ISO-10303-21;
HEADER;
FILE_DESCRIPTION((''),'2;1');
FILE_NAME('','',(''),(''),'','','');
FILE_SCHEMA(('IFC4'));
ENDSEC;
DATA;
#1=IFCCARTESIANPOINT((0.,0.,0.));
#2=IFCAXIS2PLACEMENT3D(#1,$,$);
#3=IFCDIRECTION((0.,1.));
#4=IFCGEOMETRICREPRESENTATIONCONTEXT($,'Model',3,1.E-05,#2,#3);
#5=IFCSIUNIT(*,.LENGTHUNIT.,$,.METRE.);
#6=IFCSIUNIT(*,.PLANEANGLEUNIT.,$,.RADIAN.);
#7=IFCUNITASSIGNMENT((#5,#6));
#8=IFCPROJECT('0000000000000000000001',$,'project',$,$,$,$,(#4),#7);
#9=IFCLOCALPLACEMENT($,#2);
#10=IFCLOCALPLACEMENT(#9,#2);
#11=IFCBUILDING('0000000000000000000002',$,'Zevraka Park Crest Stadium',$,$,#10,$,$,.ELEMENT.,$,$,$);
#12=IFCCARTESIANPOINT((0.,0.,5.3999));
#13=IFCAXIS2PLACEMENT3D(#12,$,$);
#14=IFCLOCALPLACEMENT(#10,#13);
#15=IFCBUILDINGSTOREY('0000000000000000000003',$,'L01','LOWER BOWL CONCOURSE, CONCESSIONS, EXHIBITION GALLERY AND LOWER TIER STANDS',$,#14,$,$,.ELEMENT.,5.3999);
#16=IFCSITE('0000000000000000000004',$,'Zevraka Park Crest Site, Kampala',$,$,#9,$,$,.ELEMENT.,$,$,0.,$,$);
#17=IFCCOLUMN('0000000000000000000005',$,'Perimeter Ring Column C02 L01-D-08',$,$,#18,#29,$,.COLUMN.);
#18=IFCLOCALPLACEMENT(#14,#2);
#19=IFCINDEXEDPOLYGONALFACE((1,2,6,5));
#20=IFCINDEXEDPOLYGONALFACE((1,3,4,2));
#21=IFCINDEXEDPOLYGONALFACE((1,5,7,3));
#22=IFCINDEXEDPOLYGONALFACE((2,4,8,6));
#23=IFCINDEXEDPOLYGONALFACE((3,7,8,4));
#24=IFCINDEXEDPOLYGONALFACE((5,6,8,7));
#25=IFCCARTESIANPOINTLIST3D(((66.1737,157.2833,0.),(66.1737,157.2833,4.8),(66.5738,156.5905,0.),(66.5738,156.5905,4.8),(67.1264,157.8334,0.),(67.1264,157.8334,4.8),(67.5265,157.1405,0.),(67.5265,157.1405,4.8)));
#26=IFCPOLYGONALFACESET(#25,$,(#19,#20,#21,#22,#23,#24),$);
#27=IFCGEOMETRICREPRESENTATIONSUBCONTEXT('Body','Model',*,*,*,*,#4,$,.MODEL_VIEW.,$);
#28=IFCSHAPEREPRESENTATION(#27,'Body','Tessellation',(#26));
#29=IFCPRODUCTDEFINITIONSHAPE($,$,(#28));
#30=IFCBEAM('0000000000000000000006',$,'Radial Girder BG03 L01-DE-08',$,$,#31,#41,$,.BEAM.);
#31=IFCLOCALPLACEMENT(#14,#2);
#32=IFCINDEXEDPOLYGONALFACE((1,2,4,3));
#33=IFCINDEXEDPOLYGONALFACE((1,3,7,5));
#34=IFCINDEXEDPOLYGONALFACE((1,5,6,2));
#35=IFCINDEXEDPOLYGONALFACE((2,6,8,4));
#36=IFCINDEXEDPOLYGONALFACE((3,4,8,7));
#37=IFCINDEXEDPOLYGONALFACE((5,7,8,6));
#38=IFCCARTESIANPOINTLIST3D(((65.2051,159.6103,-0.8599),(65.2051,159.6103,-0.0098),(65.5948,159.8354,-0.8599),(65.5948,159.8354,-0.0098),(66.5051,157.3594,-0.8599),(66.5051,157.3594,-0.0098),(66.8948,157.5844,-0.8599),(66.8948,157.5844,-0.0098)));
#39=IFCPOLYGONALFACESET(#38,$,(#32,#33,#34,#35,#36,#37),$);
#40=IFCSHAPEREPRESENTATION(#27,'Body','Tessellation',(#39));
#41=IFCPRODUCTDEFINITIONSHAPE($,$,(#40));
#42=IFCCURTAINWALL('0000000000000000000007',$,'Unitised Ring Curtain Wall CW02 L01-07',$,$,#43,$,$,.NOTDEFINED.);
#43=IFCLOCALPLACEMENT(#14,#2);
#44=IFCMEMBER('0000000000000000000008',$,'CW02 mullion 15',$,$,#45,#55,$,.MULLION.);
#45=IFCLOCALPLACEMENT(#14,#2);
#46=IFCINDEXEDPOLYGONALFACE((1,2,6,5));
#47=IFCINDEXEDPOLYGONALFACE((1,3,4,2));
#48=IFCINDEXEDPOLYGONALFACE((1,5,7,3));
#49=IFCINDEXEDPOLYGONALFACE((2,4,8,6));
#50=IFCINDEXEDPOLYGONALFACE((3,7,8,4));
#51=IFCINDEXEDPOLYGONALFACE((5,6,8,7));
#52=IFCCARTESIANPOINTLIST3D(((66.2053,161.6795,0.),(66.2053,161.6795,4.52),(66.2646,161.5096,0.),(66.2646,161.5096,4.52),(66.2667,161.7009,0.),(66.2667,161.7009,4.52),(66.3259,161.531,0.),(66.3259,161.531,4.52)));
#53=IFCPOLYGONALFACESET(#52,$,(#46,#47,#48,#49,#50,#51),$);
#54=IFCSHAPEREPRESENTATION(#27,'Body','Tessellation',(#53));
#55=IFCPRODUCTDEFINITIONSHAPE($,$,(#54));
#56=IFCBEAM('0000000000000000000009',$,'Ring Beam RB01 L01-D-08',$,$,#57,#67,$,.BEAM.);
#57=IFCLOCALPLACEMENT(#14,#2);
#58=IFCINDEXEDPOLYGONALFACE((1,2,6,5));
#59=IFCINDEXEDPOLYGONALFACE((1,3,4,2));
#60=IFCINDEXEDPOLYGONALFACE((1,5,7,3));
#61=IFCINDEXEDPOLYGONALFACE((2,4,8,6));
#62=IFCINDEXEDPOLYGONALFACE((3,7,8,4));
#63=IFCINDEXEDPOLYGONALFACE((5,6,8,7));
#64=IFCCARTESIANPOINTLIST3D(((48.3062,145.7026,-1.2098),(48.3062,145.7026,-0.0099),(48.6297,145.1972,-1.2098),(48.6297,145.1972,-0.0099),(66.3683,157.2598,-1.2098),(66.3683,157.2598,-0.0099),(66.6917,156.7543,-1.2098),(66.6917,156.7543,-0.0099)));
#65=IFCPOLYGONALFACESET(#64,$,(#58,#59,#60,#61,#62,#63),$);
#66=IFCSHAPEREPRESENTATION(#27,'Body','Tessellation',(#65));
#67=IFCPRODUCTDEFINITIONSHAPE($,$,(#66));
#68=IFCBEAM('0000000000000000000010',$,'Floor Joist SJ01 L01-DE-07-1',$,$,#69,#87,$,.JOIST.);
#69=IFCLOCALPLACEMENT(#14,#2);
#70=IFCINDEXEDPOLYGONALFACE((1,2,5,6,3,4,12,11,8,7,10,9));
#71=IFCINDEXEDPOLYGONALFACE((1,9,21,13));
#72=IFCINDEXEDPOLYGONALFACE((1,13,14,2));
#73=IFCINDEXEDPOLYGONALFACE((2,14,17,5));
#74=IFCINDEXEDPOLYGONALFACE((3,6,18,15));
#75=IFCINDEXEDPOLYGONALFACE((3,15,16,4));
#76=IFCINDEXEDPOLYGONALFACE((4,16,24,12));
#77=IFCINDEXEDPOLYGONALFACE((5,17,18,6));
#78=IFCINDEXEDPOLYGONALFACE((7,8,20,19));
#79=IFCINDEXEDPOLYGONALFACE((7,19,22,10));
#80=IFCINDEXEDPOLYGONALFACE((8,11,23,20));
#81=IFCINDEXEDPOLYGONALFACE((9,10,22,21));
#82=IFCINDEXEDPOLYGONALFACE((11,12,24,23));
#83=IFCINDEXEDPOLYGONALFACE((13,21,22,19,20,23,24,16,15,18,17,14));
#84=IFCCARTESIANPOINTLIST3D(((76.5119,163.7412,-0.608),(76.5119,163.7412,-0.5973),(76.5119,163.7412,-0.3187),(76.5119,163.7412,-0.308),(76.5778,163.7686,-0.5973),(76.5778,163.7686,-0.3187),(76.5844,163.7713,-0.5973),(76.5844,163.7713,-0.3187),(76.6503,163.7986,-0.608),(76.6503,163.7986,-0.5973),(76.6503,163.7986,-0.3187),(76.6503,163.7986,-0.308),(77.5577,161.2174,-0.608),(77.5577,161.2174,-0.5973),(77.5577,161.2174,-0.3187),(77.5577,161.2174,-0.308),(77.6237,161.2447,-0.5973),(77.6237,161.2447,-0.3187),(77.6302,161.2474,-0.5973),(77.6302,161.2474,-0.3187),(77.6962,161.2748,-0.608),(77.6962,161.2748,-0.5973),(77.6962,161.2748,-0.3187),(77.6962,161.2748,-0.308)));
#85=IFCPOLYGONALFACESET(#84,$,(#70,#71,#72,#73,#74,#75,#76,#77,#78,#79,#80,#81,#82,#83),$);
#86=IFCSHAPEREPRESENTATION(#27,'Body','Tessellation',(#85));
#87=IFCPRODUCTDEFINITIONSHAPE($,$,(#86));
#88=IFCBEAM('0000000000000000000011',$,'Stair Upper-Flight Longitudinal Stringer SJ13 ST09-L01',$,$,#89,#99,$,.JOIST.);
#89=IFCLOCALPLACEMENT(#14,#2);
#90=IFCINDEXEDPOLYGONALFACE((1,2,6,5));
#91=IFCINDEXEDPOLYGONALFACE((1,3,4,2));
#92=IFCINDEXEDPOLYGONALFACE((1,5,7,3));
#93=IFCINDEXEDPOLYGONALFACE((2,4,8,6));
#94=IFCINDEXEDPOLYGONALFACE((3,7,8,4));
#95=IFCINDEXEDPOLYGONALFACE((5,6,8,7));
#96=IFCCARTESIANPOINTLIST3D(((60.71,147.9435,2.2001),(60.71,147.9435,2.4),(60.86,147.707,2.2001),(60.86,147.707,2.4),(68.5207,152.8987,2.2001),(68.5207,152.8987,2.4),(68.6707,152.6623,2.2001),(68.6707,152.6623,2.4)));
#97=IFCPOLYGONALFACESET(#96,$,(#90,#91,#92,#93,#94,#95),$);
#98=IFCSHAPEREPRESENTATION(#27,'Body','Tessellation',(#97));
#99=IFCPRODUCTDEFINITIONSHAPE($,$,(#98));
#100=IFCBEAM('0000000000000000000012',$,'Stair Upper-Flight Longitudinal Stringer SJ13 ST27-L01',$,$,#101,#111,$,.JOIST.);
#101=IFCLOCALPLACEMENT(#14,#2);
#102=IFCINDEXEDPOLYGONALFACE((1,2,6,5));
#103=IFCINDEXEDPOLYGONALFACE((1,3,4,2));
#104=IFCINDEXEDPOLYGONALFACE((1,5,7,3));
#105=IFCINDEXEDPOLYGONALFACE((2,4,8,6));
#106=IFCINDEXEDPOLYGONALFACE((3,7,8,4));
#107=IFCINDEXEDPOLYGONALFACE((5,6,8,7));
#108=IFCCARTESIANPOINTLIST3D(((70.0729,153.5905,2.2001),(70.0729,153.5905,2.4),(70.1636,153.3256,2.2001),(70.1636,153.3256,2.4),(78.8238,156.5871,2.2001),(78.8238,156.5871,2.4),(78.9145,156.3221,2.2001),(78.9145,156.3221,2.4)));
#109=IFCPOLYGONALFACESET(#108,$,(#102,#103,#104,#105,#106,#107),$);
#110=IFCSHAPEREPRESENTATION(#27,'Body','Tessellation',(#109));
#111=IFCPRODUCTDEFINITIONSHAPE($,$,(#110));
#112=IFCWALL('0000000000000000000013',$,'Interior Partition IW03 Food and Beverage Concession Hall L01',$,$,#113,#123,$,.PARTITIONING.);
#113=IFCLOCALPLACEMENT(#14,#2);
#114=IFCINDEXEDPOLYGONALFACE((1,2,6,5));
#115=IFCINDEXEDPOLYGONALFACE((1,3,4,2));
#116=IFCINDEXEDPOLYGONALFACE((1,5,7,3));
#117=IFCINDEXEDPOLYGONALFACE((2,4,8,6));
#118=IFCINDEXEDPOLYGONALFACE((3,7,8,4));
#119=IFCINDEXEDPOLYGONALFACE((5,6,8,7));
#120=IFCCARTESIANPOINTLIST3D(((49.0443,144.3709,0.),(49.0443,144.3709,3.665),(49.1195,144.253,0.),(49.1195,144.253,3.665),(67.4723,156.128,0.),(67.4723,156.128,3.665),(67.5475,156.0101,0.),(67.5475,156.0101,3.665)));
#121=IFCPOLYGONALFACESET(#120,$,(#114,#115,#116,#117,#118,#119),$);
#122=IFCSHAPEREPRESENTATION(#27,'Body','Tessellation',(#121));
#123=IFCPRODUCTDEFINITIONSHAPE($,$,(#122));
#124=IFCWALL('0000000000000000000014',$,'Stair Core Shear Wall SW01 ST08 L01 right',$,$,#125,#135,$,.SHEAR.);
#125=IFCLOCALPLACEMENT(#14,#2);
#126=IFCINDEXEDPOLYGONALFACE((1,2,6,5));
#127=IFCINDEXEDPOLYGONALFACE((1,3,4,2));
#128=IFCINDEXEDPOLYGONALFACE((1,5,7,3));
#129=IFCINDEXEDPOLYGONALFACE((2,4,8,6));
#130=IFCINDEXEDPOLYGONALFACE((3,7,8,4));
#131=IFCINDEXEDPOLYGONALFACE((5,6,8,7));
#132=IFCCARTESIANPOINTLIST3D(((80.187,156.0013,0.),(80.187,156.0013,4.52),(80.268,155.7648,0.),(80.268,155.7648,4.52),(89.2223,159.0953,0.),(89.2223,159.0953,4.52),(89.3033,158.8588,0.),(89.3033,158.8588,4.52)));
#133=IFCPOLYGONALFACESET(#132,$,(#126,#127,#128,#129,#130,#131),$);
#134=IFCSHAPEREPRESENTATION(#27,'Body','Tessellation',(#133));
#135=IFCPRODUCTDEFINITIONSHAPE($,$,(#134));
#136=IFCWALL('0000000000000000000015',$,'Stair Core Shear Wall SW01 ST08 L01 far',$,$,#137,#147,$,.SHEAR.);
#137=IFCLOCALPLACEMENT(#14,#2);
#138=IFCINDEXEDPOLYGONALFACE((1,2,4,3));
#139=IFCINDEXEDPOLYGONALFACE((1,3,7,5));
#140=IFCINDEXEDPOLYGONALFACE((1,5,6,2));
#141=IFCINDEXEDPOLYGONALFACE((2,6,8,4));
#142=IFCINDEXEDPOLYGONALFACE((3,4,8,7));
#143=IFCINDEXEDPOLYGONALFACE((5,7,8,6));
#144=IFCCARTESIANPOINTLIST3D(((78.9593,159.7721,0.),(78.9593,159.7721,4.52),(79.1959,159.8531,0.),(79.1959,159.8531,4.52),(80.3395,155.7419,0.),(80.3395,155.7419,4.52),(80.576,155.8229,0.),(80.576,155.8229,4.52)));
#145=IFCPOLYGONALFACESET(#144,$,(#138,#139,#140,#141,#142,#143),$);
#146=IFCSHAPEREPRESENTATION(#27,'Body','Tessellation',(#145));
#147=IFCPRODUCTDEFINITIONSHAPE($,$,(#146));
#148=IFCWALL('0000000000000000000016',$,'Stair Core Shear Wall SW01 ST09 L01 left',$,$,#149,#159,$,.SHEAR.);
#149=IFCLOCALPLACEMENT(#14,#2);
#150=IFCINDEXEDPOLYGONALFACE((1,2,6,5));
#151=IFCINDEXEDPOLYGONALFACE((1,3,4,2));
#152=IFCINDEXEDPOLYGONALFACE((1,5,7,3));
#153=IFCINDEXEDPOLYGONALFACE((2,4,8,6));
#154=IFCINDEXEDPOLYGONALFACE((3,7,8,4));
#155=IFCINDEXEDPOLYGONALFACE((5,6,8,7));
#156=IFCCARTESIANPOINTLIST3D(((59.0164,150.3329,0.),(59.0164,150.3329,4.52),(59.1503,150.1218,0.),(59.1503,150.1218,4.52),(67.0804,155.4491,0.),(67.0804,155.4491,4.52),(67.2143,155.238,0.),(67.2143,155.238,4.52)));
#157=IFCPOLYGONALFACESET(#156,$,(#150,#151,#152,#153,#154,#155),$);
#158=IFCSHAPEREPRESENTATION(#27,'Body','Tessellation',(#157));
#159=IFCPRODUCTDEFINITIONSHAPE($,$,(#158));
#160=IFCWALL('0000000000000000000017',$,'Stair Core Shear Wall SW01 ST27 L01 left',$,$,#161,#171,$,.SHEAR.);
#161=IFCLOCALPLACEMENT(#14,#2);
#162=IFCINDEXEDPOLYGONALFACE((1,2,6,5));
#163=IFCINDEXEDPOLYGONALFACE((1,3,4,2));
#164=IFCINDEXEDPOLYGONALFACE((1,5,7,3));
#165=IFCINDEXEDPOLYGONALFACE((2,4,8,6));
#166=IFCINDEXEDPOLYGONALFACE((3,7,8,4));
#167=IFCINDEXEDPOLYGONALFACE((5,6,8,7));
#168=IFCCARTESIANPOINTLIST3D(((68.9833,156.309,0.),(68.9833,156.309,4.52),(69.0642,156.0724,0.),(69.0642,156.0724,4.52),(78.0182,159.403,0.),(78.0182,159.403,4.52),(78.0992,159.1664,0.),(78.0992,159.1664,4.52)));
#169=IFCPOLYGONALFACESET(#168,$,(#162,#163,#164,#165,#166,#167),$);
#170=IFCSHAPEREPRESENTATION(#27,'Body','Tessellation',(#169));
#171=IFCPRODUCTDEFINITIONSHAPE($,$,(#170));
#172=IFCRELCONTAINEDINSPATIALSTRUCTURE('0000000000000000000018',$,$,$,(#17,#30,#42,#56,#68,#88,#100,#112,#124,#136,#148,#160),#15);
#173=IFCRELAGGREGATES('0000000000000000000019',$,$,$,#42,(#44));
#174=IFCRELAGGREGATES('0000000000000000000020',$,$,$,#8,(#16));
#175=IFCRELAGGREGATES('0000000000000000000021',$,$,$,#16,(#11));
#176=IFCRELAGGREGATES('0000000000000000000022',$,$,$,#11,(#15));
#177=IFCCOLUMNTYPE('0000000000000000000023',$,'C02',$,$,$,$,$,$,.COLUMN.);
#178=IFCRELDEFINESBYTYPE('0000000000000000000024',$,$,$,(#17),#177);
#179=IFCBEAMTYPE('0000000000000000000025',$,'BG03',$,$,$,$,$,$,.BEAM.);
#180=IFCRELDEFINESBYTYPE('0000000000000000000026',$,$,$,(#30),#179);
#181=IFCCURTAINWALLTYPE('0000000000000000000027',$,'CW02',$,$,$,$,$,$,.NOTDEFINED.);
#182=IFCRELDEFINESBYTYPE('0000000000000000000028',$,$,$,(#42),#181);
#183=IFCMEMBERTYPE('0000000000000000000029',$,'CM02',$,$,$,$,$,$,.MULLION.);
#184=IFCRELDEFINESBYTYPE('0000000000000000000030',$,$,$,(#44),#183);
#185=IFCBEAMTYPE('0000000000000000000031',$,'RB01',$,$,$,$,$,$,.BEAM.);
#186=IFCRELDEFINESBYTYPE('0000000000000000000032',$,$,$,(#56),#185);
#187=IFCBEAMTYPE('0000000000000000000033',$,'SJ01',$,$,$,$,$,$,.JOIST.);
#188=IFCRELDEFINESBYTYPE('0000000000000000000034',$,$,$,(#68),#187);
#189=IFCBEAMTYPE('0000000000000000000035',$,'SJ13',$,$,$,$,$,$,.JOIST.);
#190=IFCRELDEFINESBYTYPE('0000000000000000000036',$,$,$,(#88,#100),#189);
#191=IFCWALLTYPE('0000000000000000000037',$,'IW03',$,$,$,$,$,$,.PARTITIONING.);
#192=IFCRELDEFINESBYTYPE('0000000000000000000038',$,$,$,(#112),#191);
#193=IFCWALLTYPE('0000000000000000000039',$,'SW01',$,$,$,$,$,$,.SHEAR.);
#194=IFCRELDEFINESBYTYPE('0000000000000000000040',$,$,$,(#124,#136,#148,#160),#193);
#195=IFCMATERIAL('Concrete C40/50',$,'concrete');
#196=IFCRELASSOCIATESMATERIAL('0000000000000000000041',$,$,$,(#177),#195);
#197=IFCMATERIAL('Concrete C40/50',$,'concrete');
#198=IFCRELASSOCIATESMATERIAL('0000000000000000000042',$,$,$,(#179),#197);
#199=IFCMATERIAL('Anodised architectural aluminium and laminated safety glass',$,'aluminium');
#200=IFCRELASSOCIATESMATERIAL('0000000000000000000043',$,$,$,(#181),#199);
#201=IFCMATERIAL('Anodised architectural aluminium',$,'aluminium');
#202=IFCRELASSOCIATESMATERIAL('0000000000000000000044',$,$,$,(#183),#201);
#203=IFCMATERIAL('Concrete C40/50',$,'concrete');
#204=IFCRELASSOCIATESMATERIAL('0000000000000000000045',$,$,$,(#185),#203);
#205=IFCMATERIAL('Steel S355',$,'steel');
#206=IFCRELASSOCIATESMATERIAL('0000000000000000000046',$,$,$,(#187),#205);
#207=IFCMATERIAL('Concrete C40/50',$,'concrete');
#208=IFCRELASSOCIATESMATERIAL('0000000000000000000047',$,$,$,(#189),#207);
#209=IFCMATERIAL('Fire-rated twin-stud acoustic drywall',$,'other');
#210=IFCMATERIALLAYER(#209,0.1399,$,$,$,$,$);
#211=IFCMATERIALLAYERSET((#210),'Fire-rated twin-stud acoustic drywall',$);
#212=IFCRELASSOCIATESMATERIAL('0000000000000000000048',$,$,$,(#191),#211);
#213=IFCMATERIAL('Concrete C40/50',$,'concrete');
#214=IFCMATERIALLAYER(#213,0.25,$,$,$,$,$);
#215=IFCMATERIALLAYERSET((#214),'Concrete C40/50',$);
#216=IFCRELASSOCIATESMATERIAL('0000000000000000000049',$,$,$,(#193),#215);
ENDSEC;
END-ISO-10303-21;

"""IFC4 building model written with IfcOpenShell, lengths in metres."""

from ifc_helpers import new_model, si_unit, direction, frame, frame_2d, origin, origin_2d, place, context, subcontext, project, spatial, rectangle, i_section, extrude, material, layer, layer_set, material_profile, profile_set, type_object, element, aggregate, save


model = new_model("IFC4")

# Units and contexts
model_context = context("Model", 3, precision=1e-05, world=origin(), true_north=direction((0.0, 1.0)))
body_context = subcontext(model_context, "Body", "Model", "MODEL_VIEW")
ifc_project = project(units=[si_unit("LENGTHUNIT", "METRE"), si_unit("PLANEANGLEUNIT", "RADIAN")], contexts=[model_context])

# Site, building, storey
site_placement = place(None, origin())
site = spatial("IfcSite", under=ifc_project, at=site_placement, Name="Zevraka Park Crest Site, Kampala", CompositionType="ELEMENT", RefElevation=0.0)
building_placement = place(site_placement, origin())
building = spatial("IfcBuilding", under=site, at=building_placement, Name="Zevraka Park Crest Stadium", CompositionType="ELEMENT")
storey_placement = place(building_placement, frame((0.0, 0.0, 5.3999)))
storey = spatial("IfcBuildingStorey", under=building, at=storey_placement, Name="L01", Description="LOWER BOWL CONCOURSE, CONCESSIONS, EXHIBITION GALLERY AND LOWER TIER STANDS", CompositionType="ELEMENT", Elevation=5.3999)

# Column
ifc_material_1 = material(Name="Concrete C40/50", Category="concrete")
ifc_material_profile_1 = material_profile(ifc_material_1, rectangle(XDim=0.8, YDim=1.1001, at=origin_2d()), Name="RC 1100x800")
ifc_profile_set_1 = profile_set([ifc_material_profile_1], Name="Concrete C40/50")
column_type = type_object("IfcColumnType", Name="C02", PredefinedType="COLUMN", material=ifc_profile_set_1)
column_placement = place(storey_placement, frame((66.8501, 157.2119, 0.0), z_axis=(0.0, 0.0, 1.0), x_axis=(-0.5, 0.866025, 0.0)))
element("IfcColumn", 1, at=column_placement, inside=storey, type_object=column_type, Name="Perimeter Ring Column C02 L01-D-08", PredefinedType="COLUMN", context=body_context, shape_type="SweptSolid", body=[
    extrude(rectangle(XDim=0.8, YDim=1.1001, at=origin_2d()), origin(), (0.0, 0.0, 1.0), 4.8),
])

# Beam
ifc_material_2 = material(Name="Concrete C40/50", Category="concrete")
ifc_material_profile_2 = material_profile(ifc_material_2, rectangle(XDim=0.45, YDim=0.8501, at=origin_2d()), Name="RC 850x450")
ifc_profile_set_2 = profile_set([ifc_material_profile_2], Name="Concrete C40/50")
beam_type_1 = type_object("IfcBeamType", Name="BG03", PredefinedType="BEAM", material=ifc_profile_set_2)
beam_1_placement = place(storey_placement, frame((66.7, 157.4719, -0.4348), z_axis=(-0.500129, 0.865951, 0.0), x_axis=(-0.865951, -0.500129, 0.0)))
element("IfcBeam", 2, at=beam_1_placement, inside=storey, type_object=beam_type_1, Name="Radial Girder BG03 L01-DE-08", PredefinedType="BEAM", context=body_context, shape_type="SweptSolid", body=[
    extrude(rectangle(XDim=0.45, YDim=0.8501, at=origin_2d()), origin(), (0.0, 0.0, 1.0), 2.5994),
])

# Curtain wall, member
ifc_material_3 = material(Name="Anodised architectural aluminium and laminated safety glass", Category="aluminium")
curtain_wall_type = type_object("IfcCurtainWallType", Name="CW02", PredefinedType="NOTDEFINED", material=ifc_material_3)
curtain_wall_placement = place(storey_placement, origin())
curtain_wall = element("IfcCurtainWall", 3, at=curtain_wall_placement, inside=storey, type_object=curtain_wall_type, Name="Unitised Ring Curtain Wall CW02 L01-07", PredefinedType="NOTDEFINED")
ifc_material_4 = material(Name="Anodised architectural aluminium", Category="aluminium")
ifc_material_profile_3 = material_profile(ifc_material_4, rectangle(XDim=0.1799, YDim=0.0649, at=origin_2d()), Name="ALU MULLION 180x65")
ifc_profile_set_3 = profile_set([ifc_material_profile_3], Name="Anodised architectural aluminium")
member_type = type_object("IfcMemberType", Name="CM02", PredefinedType="MULLION", material=ifc_profile_set_3)
member_placement = place(storey_placement, frame((66.2656, 161.6052, 0.0), z_axis=(0.0, 0.0, 1.0), x_axis=(0.329209, -0.944257, 0.0)))
member = element("IfcMember", 4, at=member_placement, type_object=member_type, Name="CW02 mullion 15", PredefinedType="MULLION", context=body_context, shape_type="SweptSolid", body=[
    extrude(rectangle(XDim=0.1799, YDim=0.0649, at=origin_2d()), origin(), (0.0, 0.0, 1.0), 4.52),
])
aggregate(curtain_wall, [member])

# Beams
ifc_material_5 = material(Name="Concrete C40/50", Category="concrete")
ifc_material_profile_4 = material_profile(ifc_material_5, rectangle(XDim=0.6001, YDim=1.2, at=origin_2d()), Name="RC 1200x600")
ifc_profile_set_4 = profile_set([ifc_material_profile_4], Name="Concrete C40/50")
beam_type_2 = type_object("IfcBeamType", Name="RB01", PredefinedType="BEAM", material=ifc_profile_set_4)
beam_2_placement = place(storey_placement, frame((66.53, 157.0071, -0.6099), z_axis=(-0.842326, -0.538969, 0.0), x_axis=(0.538969, -0.842326, 0.0)))
element("IfcBeam", 5, at=beam_2_placement, inside=storey, type_object=beam_type_2, Name="Ring Beam RB01 L01-D-08", PredefinedType="BEAM", context=body_context, shape_type="SweptSolid", body=[
    extrude(rectangle(XDim=0.6001, YDim=1.2, at=origin_2d()), origin(), (0.0, 0.0, 1.0), 21.4431),
])
ifc_material_6 = material(Name="Steel S355", Category="steel")
ifc_material_profile_5 = material_profile(ifc_material_6, i_section(OverallWidth=0.1499, OverallDepth=0.3, WebThickness=0.0071, FlangeThickness=0.0107, at=origin_2d()), Name="IPE 300")
ifc_profile_set_5 = profile_set([ifc_material_profile_5], Name="Steel S355")
beam_type_3 = type_object("IfcBeamType", Name="SJ01", PredefinedType="JOIST", material=ifc_profile_set_5)
beam_3_placement = place(storey_placement, frame((77.627, 161.2461, -0.458), z_axis=(-0.382825, 0.923821, 0.0), x_axis=(-0.923821, -0.382825, 0.0)))
element("IfcBeam", 6, at=beam_3_placement, inside=storey, type_object=beam_type_3, Name="Floor Joist SJ01 L01-DE-07-1", PredefinedType="JOIST", context=body_context, shape_type="SweptSolid", body=[
    extrude(i_section(OverallWidth=0.1499, OverallDepth=0.3, WebThickness=0.0071, FlangeThickness=0.0107, at=origin_2d()), origin(), (0.0, 0.0, 1.0), 2.7319),
])
ifc_material_7 = material(Name="Concrete C40/50", Category="concrete")
ifc_material_profile_6 = material_profile(ifc_material_7, rectangle(XDim=0.28, YDim=0.2, at=origin_2d()), Name="RC 200x280")
ifc_profile_set_6 = profile_set([ifc_material_profile_6], Name="Concrete C40/50")
beam_type_4 = type_object("IfcBeamType", Name="SJ13", PredefinedType="JOIST", material=ifc_profile_set_6)
beam_4_placement = place(storey_placement, frame((68.5957, 152.7805, 2.3), z_axis=(-0.844404, -0.535707, 0.0), x_axis=(0.535707, -0.844404, 0.0)))
element("IfcBeam", 7, at=beam_4_placement, inside=storey, type_object=beam_type_4, Name="Stair Upper-Flight Longitudinal Stringer SJ13 ST09-L01", PredefinedType="JOIST", context=body_context, shape_type="SweptSolid", body=[
    extrude(rectangle(XDim=0.28, YDim=0.2, at=origin_2d()), origin(), (0.0, 0.0, 1.0), 9.25),
])
beam_5_placement = place(storey_placement, frame((78.8691, 156.4546, 2.3), z_axis=(-0.94607, -0.323961, 0.0), x_axis=(0.323961, -0.94607, 0.0)))
element("IfcBeam", 8, at=beam_5_placement, inside=storey, type_object=beam_type_4, Name="Stair Upper-Flight Longitudinal Stringer SJ13 ST27-L01", PredefinedType="JOIST", context=body_context, shape_type="SweptSolid", body=[
    extrude(rectangle(XDim=0.28, YDim=0.2, at=origin_2d()), origin(), (0.0, 0.0, 1.0), 9.2498),
])

# Walls
ifc_material_8 = material(Name="Fire-rated twin-stud acoustic drywall", Category="other")
ifc_layer_1 = layer(ifc_material_8, 0.1399)
ifc_layer_set_1 = layer_set([ifc_layer_1], Name="Fire-rated twin-stud acoustic drywall")
wall_type_1 = type_object("IfcWallType", Name="IW03", PredefinedType="PARTITIONING", material=ifc_layer_set_1)
wall_1_placement = place(storey_placement, frame((67.51, 156.0691, 0.0), z_axis=(0.0, 0.0, 1.0), x_axis=(-0.843035, -0.537858, 0.0)))
element("IfcWall", 9, at=wall_1_placement, inside=storey, type_object=wall_type_1, Name="Interior Partition IW03 Food and Beverage Concession Hall L01", PredefinedType="PARTITIONING", context=body_context, shape_type="SweptSolid", body=[
    extrude(rectangle(XDim=21.8591, YDim=0.1399, at=frame_2d((10.9297, 0.0))), origin(), (0.0, 0.0, 1.0), 3.665),
])
ifc_material_9 = material(Name="Concrete C40/50", Category="concrete")
ifc_layer_2 = layer(ifc_material_9, 0.25)
ifc_layer_set_2 = layer_set([ifc_layer_2], Name="Concrete C40/50")
wall_type_2 = type_object("IfcWallType", Name="SW01", PredefinedType="SHEAR", material=ifc_layer_set_2)
wall_2_placement = place(storey_placement, frame((80.2275, 155.8831, 0.0), z_axis=(0.0, 0.0, 1.0), x_axis=(0.946067, 0.323971, 0.0)))
element("IfcWall", 10, at=wall_2_placement, inside=storey, type_object=wall_type_2, Name="Stair Core Shear Wall SW01 ST08 L01 right", PredefinedType="SHEAR", context=body_context, shape_type="SweptSolid", body=[
    extrude(rectangle(XDim=9.5503, YDim=0.25, at=frame_2d((4.7751, 0.0))), origin(), (0.0, 0.0, 1.0), 4.52),
])
wall_3_placement = place(storey_placement, frame((79.0776, 159.8125, 0.0), z_axis=(0.0, 0.0, 1.0), x_axis=(0.323971, -0.946067, 0.0)))
element("IfcWall", 11, at=wall_3_placement, inside=storey, type_object=wall_type_2, Name="Stair Core Shear Wall SW01 ST08 L01 far", PredefinedType="SHEAR", context=body_context, shape_type="SweptSolid", body=[
    extrude(rectangle(XDim=4.26, YDim=0.25, at=frame_2d((2.1299, 0.0))), origin(), (0.0, 0.0, 1.0), 4.52),
])
for number, where, z_axis, x_axis, name in (
    (12, (67.1472, 155.3435, 0.0), (0.0, 0.0, 1.0), (-0.844391, -0.535727, 0.0), "Stair Core Shear Wall SW01 ST09 L01 left"),
    (13, (78.0586, 159.2847, 0.0), (0.0, 0.0, 1.0), (-0.946064, -0.323979, 0.0), "Stair Core Shear Wall SW01 ST27 L01 left"),
):
    element("IfcWall", number, at=place(storey_placement, frame(where, z_axis=z_axis, x_axis=x_axis)), inside=storey, type_object=wall_type_2, Name=name, PredefinedType="SHEAR", context=body_context, shape_type="SweptSolid", body=[
        extrude(rectangle(XDim=9.55, YDim=0.25, at=frame_2d((4.7749, 0.0))), origin(), (0.0, 0.0, 1.0), 4.52),
    ])

save(model, "model.ifc")
